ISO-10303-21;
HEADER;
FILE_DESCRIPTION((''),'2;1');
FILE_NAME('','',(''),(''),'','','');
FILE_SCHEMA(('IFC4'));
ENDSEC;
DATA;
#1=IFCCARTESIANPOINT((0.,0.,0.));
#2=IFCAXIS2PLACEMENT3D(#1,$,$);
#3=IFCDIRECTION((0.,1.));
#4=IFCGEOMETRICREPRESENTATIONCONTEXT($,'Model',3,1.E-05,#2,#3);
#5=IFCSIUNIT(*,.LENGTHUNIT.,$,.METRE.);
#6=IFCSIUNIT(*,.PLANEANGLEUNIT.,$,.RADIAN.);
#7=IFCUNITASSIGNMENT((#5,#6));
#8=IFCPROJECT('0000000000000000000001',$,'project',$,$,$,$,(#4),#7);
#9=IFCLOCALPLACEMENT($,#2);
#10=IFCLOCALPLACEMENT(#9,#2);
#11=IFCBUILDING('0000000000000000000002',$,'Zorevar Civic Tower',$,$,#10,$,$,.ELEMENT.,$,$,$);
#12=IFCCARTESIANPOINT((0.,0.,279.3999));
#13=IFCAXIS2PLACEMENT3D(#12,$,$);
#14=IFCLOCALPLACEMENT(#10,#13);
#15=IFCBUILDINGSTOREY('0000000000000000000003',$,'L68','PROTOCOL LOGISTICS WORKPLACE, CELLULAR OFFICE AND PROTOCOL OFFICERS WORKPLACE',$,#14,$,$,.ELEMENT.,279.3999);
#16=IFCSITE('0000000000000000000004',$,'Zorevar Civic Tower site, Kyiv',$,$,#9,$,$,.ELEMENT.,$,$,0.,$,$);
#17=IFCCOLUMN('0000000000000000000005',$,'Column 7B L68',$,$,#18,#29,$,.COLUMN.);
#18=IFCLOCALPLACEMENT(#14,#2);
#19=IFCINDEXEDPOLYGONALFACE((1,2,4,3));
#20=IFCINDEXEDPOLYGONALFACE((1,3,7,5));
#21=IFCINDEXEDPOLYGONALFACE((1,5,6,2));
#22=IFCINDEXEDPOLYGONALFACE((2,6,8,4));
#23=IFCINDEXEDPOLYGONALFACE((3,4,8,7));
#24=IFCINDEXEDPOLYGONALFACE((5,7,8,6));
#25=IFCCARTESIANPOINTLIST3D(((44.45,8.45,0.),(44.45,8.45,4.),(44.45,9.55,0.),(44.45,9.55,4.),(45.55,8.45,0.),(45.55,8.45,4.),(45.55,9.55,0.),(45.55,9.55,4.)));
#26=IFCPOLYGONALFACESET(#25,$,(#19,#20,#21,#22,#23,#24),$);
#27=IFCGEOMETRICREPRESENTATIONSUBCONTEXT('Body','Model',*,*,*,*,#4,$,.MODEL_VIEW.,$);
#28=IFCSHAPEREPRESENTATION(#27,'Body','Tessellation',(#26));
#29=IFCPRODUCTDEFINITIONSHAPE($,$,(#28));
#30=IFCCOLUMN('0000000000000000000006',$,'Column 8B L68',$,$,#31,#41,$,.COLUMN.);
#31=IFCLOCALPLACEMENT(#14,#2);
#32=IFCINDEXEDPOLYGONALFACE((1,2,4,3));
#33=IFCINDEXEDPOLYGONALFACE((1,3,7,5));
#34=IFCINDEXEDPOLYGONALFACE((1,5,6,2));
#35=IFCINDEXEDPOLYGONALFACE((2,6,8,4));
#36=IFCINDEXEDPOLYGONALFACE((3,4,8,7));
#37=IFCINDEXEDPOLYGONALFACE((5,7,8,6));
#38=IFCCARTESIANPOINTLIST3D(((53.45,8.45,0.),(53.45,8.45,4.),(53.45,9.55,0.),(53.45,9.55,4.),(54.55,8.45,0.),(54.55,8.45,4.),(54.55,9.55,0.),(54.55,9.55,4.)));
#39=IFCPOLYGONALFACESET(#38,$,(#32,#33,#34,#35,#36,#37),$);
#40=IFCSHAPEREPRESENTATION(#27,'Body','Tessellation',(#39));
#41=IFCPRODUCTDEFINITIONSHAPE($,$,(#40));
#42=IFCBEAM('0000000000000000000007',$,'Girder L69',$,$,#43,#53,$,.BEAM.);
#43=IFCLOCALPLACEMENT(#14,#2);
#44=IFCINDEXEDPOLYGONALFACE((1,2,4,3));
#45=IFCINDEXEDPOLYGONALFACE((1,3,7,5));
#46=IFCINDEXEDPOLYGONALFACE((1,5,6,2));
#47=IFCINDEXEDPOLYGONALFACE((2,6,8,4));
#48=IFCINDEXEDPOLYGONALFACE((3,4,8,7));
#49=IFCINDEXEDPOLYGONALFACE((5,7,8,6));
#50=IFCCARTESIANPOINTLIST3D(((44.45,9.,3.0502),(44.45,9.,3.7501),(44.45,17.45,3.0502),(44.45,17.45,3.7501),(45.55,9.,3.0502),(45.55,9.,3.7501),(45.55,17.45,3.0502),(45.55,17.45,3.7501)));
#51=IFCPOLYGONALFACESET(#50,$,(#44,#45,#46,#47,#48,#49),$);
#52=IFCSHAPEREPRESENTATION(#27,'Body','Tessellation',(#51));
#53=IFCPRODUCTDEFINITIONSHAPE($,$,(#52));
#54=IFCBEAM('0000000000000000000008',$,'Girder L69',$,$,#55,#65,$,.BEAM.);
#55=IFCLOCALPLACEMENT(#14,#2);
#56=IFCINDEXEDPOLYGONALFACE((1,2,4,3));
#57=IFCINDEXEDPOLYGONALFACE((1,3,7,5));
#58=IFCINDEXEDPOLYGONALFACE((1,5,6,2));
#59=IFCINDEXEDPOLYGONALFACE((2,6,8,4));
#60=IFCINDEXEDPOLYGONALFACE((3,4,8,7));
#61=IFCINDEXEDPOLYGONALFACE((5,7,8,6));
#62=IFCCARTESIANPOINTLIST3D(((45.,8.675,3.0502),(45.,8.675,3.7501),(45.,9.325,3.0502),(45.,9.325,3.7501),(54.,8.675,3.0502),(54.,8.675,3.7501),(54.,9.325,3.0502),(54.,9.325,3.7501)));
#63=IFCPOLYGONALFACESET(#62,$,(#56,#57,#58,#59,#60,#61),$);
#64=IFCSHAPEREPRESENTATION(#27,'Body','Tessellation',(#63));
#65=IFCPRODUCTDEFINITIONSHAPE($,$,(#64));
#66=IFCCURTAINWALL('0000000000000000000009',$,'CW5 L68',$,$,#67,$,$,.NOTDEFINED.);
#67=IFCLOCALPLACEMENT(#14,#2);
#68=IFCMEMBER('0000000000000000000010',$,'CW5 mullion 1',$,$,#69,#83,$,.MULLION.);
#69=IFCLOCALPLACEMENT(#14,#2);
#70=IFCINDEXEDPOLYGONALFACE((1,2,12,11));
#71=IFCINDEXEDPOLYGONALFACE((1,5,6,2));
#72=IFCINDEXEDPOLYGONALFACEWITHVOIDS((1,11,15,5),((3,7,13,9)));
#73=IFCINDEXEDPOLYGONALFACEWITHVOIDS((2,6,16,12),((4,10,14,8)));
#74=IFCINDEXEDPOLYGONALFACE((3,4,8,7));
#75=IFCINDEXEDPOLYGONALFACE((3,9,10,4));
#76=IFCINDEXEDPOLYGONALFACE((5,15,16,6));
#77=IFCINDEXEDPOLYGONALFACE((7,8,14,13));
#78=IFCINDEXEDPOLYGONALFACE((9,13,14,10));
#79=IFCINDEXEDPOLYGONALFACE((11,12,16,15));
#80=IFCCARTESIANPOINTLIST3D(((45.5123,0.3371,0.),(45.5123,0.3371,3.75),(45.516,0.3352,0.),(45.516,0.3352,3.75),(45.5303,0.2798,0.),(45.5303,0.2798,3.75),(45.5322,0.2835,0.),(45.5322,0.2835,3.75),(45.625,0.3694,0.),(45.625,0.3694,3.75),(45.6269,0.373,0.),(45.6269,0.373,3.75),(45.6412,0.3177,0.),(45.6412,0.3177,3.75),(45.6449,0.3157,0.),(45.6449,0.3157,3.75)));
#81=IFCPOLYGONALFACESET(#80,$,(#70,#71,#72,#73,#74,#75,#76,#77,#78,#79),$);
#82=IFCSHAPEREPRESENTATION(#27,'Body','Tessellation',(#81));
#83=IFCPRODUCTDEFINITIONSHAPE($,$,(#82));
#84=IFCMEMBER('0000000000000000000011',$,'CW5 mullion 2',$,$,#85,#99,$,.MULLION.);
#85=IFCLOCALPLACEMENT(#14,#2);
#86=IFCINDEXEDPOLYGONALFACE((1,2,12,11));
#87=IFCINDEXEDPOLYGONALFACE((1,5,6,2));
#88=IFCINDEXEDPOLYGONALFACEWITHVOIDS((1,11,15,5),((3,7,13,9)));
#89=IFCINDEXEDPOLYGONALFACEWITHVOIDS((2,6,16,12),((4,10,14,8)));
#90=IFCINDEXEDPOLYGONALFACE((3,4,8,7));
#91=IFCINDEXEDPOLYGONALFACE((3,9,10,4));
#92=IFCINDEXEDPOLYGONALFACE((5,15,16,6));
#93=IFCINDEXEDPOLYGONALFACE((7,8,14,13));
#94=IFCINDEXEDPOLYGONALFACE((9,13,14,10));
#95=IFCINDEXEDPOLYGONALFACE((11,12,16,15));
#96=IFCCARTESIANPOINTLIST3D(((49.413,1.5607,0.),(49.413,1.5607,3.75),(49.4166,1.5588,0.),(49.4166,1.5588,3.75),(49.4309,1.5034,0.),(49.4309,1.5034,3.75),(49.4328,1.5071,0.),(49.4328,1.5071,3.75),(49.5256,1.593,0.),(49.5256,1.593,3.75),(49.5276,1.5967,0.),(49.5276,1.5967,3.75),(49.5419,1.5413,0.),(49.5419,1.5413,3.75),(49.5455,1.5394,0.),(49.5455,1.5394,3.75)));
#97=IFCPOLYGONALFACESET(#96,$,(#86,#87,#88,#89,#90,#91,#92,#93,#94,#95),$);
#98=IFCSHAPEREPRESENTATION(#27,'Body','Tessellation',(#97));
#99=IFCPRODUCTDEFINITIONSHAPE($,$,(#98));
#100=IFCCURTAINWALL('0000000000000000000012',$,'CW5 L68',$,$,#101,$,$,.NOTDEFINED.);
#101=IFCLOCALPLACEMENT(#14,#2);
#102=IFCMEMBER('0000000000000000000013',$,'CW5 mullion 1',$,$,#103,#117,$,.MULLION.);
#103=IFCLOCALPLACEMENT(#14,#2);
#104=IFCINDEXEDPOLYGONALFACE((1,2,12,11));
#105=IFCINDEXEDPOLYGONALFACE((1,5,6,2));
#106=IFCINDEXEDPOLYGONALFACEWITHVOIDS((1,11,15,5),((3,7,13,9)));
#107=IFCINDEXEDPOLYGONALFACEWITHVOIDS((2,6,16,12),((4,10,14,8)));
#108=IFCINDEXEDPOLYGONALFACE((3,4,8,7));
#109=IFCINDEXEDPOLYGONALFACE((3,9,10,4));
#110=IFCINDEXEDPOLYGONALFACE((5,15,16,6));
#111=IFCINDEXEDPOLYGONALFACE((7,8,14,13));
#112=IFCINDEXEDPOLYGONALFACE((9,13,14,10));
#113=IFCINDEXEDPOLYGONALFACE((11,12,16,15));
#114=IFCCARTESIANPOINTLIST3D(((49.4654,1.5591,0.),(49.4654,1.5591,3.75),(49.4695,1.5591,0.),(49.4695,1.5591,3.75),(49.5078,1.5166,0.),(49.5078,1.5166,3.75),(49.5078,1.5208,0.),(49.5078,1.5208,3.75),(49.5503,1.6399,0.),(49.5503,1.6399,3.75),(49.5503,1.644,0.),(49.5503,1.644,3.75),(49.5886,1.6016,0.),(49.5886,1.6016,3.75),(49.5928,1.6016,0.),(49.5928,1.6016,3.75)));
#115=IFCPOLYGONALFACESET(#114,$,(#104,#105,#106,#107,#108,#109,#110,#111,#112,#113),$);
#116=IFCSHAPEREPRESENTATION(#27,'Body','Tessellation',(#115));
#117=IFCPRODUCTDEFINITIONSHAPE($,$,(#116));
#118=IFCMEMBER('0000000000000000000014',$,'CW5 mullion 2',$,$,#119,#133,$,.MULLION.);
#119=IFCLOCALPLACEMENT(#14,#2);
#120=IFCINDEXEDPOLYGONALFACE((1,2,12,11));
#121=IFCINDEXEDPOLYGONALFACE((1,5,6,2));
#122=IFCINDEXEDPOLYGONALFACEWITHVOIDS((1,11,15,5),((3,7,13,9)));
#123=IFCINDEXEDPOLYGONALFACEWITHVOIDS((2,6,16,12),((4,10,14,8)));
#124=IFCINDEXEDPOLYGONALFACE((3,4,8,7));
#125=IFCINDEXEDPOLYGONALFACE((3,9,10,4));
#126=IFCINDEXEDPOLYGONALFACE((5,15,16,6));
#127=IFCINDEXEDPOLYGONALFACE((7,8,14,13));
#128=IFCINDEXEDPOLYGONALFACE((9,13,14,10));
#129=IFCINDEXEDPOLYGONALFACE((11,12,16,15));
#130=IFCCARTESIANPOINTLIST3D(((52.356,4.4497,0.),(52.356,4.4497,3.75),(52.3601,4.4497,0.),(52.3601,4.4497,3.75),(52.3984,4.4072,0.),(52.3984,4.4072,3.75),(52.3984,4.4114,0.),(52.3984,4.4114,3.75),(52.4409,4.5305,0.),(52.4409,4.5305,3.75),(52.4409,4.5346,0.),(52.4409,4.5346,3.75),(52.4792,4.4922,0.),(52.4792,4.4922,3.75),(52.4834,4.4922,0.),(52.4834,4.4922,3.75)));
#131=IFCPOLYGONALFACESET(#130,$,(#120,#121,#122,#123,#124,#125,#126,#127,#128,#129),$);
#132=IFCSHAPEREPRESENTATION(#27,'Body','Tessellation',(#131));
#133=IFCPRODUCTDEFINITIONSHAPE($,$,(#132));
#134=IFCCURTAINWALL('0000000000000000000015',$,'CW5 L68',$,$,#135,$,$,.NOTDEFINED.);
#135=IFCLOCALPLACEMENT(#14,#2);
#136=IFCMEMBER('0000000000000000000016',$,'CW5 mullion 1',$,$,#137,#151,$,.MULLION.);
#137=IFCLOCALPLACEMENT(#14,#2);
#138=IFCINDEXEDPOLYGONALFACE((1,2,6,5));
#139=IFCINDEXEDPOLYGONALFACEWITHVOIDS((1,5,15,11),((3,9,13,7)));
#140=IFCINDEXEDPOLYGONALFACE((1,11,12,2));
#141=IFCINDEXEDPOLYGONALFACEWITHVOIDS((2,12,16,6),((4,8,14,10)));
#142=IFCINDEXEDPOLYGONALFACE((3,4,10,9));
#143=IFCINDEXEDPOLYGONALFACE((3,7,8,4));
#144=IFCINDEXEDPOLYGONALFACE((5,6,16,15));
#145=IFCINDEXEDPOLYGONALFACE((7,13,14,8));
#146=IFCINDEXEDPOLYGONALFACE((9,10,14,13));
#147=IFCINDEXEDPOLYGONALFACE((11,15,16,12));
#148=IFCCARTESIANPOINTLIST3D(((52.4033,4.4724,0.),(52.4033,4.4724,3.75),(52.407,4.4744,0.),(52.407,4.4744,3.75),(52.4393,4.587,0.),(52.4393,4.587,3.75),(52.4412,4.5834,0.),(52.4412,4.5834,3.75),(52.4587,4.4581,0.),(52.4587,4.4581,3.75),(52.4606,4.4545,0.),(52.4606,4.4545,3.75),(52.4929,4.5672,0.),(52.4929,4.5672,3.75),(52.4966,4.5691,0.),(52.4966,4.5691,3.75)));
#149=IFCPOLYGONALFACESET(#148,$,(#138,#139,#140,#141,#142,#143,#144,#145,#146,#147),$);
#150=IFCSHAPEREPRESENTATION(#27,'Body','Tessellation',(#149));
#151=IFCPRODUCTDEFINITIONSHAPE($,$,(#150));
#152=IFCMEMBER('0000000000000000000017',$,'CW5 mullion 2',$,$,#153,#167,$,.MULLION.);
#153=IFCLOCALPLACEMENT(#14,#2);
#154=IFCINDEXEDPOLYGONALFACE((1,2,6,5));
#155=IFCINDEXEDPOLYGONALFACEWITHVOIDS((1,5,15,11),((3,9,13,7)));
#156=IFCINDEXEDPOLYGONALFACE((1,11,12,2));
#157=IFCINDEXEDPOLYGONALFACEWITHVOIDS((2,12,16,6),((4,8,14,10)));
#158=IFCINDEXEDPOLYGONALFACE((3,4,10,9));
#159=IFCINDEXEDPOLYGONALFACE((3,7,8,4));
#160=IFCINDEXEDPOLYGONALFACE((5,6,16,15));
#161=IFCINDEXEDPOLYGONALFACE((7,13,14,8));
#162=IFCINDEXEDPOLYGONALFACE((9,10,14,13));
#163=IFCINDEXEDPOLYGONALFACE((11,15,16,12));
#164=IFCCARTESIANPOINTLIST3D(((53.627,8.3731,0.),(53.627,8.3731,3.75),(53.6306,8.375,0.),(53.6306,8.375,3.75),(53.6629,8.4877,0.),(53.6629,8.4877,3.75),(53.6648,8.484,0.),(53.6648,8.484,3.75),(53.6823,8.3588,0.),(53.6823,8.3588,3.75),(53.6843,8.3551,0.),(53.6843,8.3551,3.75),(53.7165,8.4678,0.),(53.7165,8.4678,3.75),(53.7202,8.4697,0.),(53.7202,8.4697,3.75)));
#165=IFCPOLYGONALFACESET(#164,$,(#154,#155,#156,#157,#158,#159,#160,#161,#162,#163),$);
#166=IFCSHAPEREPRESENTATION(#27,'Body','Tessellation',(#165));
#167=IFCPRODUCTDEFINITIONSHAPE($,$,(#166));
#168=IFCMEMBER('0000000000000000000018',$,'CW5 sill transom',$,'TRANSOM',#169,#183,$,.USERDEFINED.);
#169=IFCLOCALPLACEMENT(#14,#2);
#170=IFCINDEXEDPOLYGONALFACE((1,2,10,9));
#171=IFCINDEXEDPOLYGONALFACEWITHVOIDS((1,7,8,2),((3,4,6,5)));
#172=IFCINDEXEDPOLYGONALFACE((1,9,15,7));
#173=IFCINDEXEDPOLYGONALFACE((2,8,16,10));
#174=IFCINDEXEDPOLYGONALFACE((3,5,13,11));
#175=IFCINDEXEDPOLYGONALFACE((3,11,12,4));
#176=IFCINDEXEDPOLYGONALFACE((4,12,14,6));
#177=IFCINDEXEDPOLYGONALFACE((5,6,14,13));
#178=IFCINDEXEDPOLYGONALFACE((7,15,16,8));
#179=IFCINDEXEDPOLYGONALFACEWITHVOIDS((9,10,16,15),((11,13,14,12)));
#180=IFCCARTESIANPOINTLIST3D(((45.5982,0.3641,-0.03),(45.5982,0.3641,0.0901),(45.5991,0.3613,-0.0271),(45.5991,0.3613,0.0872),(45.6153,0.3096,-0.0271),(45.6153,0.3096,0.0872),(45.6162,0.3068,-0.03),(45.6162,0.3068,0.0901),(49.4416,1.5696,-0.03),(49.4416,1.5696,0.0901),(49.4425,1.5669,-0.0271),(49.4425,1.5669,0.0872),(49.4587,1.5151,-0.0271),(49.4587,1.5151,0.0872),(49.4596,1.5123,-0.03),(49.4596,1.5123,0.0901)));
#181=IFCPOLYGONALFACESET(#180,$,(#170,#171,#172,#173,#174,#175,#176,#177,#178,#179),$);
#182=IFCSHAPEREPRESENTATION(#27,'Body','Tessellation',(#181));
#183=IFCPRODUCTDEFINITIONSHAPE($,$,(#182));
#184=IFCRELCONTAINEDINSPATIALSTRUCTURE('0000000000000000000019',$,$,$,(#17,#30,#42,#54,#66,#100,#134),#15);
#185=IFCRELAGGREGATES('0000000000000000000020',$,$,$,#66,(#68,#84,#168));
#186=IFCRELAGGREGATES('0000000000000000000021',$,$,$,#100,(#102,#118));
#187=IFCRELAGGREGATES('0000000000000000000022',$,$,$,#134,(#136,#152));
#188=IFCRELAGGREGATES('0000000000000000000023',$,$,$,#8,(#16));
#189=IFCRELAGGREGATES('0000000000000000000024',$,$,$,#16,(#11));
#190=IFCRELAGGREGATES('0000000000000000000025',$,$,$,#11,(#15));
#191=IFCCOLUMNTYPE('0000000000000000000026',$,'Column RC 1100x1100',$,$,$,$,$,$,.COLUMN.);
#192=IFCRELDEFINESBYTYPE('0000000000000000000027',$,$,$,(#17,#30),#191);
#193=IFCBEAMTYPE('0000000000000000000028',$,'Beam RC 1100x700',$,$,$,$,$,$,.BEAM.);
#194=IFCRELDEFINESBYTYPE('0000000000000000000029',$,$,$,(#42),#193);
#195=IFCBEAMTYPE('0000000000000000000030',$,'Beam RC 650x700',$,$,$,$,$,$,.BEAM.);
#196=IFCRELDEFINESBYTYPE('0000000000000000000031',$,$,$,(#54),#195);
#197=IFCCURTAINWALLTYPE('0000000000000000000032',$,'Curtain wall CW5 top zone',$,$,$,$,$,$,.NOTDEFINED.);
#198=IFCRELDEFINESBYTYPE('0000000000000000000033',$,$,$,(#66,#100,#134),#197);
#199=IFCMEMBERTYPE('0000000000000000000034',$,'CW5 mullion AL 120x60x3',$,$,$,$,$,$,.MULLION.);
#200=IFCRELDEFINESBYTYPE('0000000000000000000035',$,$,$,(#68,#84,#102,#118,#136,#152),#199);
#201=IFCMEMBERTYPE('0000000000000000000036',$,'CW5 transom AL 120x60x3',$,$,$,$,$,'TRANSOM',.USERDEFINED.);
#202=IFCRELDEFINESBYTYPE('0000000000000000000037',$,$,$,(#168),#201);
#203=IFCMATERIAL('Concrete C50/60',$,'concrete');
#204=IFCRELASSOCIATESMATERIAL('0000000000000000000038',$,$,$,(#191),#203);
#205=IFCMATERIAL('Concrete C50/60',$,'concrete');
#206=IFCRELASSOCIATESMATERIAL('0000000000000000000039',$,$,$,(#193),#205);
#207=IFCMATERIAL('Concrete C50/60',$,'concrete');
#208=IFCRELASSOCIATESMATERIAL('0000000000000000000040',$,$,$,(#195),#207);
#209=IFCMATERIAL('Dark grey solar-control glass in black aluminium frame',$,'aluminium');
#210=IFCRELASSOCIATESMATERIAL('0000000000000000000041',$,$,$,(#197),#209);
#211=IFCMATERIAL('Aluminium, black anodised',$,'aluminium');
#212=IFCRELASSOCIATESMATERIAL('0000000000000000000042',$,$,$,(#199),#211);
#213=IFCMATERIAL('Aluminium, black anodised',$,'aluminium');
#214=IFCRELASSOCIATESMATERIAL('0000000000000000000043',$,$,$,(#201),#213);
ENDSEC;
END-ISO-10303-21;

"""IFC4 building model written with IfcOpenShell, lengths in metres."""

from ifc_helpers import new_model, si_unit, direction, frame, origin, origin_2d, place, context, subcontext, project, spatial, rectangle, hollow_rectangle, extrude, material, material_profile, profile_set, type_object, element, aggregate, save


model = new_model("IFC4")

# Units and contexts
model_context = context("Model", 3, precision=1e-05, world=origin(), true_north=direction((0.0, 1.0)))
body_context = subcontext(model_context, "Body", "Model", "MODEL_VIEW")
ifc_project = project(units=[si_unit("LENGTHUNIT", "METRE"), si_unit("PLANEANGLEUNIT", "RADIAN")], contexts=[model_context])

# Site, building, storey
site_placement = place(None, origin())
site = spatial("IfcSite", under=ifc_project, at=site_placement, Name="Zorevar Civic Tower site, Kyiv", CompositionType="ELEMENT", RefElevation=0.0)
building_placement = place(site_placement, origin())
building = spatial("IfcBuilding", under=site, at=building_placement, Name="Zorevar Civic Tower", CompositionType="ELEMENT")
storey_placement = place(building_placement, frame((0.0, 0.0, 279.3999)))
storey = spatial("IfcBuildingStorey", under=building, at=storey_placement, Name="L68", Description="PROTOCOL LOGISTICS WORKPLACE, CELLULAR OFFICE AND PROTOCOL OFFICERS WORKPLACE", CompositionType="ELEMENT", Elevation=279.3999)

# Columns
ifc_material_1 = material(Name="Concrete C50/60", Category="concrete")
ifc_material_profile_1 = material_profile(ifc_material_1, rectangle(XDim=1.1001, YDim=1.1001, at=origin_2d()), Name="RC 1100x1100")
ifc_profile_set_1 = profile_set([ifc_material_profile_1], Name="Concrete C50/60")
column_type = type_object("IfcColumnType", Name="Column RC 1100x1100", PredefinedType="COLUMN", material=ifc_profile_set_1)
for number, where, z_axis, x_axis, name in (
    (1, (45.0, 9.0, 0.0), (0.0, 0.0, 1.0), (1.0, 0.0, 0.0), "Column 7B L68"),
    (2, (54.0, 9.0, 0.0), (0.0, 0.0, 1.0), (1.0, 0.0, 0.0), "Column 8B L68"),
):
    element("IfcColumn", number, at=place(storey_placement, frame(where, z_axis=z_axis, x_axis=x_axis)), inside=storey, type_object=column_type, Name=name, PredefinedType="COLUMN", context=body_context, shape_type="SweptSolid", body=[
        extrude(rectangle(XDim=1.1001, YDim=1.1001, at=origin_2d()), origin(), (0.0, 0.0, 1.0), 4.0),
    ])

# Beams
ifc_material_2 = material(Name="Concrete C50/60", Category="concrete")
ifc_material_profile_2 = material_profile(ifc_material_2, rectangle(XDim=1.1001, YDim=0.7, at=origin_2d()), Name="RC 1100x700")
ifc_profile_set_2 = profile_set([ifc_material_profile_2], Name="Concrete C50/60")
beam_type_1 = type_object("IfcBeamType", Name="Beam RC 1100x700", PredefinedType="BEAM", material=ifc_profile_set_2)
beam_1_placement = place(storey_placement, frame((45.0, 9.0, 3.4001), z_axis=(0.0, 1.0, 0.0), x_axis=(-1.0, 0.0, 0.0)))
element("IfcBeam", 3, at=beam_1_placement, inside=storey, type_object=beam_type_1, Name="Girder L69", PredefinedType="BEAM", context=body_context, shape_type="SweptSolid", body=[
    extrude(rectangle(XDim=1.1001, YDim=0.7, at=origin_2d()), origin(), (0.0, 0.0, 1.0), 8.45),
])
ifc_material_3 = material(Name="Concrete C50/60", Category="concrete")
ifc_material_profile_3 = material_profile(ifc_material_3, rectangle(XDim=0.6499, YDim=0.7, at=origin_2d()), Name="RC 650x700")
ifc_profile_set_3 = profile_set([ifc_material_profile_3], Name="Concrete C50/60")
beam_type_2 = type_object("IfcBeamType", Name="Beam RC 650x700", PredefinedType="BEAM", material=ifc_profile_set_3)
beam_2_placement = place(storey_placement, frame((45.0, 9.0, 3.4001), z_axis=(1.0, 0.0, 0.0), x_axis=(0.0, 1.0, 0.0)))
element("IfcBeam", 4, at=beam_2_placement, inside=storey, type_object=beam_type_2, Name="Girder L69", PredefinedType="BEAM", context=body_context, shape_type="SweptSolid", body=[
    extrude(rectangle(XDim=0.6499, YDim=0.7, at=origin_2d()), origin(), (0.0, 0.0, 1.0), 9.0),
])

# Curtain walls, members
ifc_material_4 = material(Name="Dark grey solar-control glass in black aluminium frame", Category="aluminium")
curtain_wall_type = type_object("IfcCurtainWallType", Name="Curtain wall CW5 top zone", PredefinedType="NOTDEFINED", material=ifc_material_4)
curtain_wall_1_placement = place(storey_placement, origin())
curtain_wall_1 = element("IfcCurtainWall", 5, at=curtain_wall_1_placement, inside=storey, type_object=curtain_wall_type, Name="CW5 L68", PredefinedType="NOTDEFINED")
ifc_material_5 = material(Name="Aluminium, black anodised", Category="aluminium")
ifc_material_profile_4 = material_profile(ifc_material_5, hollow_rectangle(XDim=0.0601, YDim=0.1201, WallThickness=0.0029, at=origin_2d()), Name="AL 120x60x3")
ifc_profile_set_4 = profile_set([ifc_material_profile_4], Name="Aluminium, black anodised")
member_type_1 = type_object("IfcMemberType", Name="CW5 mullion AL 120x60x3", PredefinedType="MULLION", material=ifc_profile_set_4)
member_1_placement = place(storey_placement, frame((45.5786, 0.3264, 0.0), z_axis=(0.0, 0.0, 1.0), x_axis=(-0.299318, 0.954153, 0.0)))
member_1 = element("IfcMember", 6, at=member_1_placement, type_object=member_type_1, Name="CW5 mullion 1", PredefinedType="MULLION", context=body_context, shape_type="SweptSolid", body=[
    extrude(hollow_rectangle(XDim=0.0601, YDim=0.1201, WallThickness=0.0029, at=origin_2d()), origin(), (0.0, 0.0, 1.0), 3.75),
])
member_2_placement = place(storey_placement, frame((49.4792, 1.55, 0.0), z_axis=(0.0, 0.0, 1.0), x_axis=(-0.299318, 0.954153, 0.0)))
member_2 = element("IfcMember", 7, at=member_2_placement, type_object=member_type_1, Name="CW5 mullion 2", PredefinedType="MULLION", context=body_context, shape_type="SweptSolid", body=[
    extrude(hollow_rectangle(XDim=0.0601, YDim=0.1201, WallThickness=0.0029, at=origin_2d()), origin(), (0.0, 0.0, 1.0), 3.75),
])
curtain_wall_2_placement = place(storey_placement, origin())
curtain_wall_2 = element("IfcCurtainWall", 8, at=curtain_wall_2_placement, inside=storey, type_object=curtain_wall_type, Name="CW5 L68", PredefinedType="NOTDEFINED")
member_3_placement = place(storey_placement, frame((49.5291, 1.5803, 0.0), z_axis=(0.0, 0.0, 1.0), x_axis=(-0.707107, 0.707107, 0.0)))
member_3 = element("IfcMember", 9, at=member_3_placement, type_object=member_type_1, Name="CW5 mullion 1", PredefinedType="MULLION", context=body_context, shape_type="SweptSolid", body=[
    extrude(hollow_rectangle(XDim=0.0601, YDim=0.1201, WallThickness=0.0029, at=origin_2d()), origin(), (0.0, 0.0, 1.0), 3.75),
])
member_4_placement = place(storey_placement, frame((52.4197, 4.4709, 0.0), z_axis=(0.0, 0.0, 1.0), x_axis=(-0.707107, 0.707107, 0.0)))
member_4 = element("IfcMember", 10, at=member_4_placement, type_object=member_type_1, Name="CW5 mullion 2", PredefinedType="MULLION", context=body_context, shape_type="SweptSolid", body=[
    extrude(hollow_rectangle(XDim=0.0601, YDim=0.1201, WallThickness=0.0029, at=origin_2d()), origin(), (0.0, 0.0, 1.0), 3.75),
])
curtain_wall_3_placement = place(storey_placement, origin())
curtain_wall_3 = element("IfcCurtainWall", 11, at=curtain_wall_3_placement, inside=storey, type_object=curtain_wall_type, Name="CW5 L68", PredefinedType="NOTDEFINED")
member_5_placement = place(storey_placement, frame((52.45, 4.5208, 0.0), z_axis=(0.0, 0.0, 1.0), x_axis=(-0.954153, 0.299318, 0.0)))
member_5 = element("IfcMember", 12, at=member_5_placement, type_object=member_type_1, Name="CW5 mullion 1", PredefinedType="MULLION", context=body_context, shape_type="SweptSolid", body=[
    extrude(hollow_rectangle(XDim=0.0601, YDim=0.1201, WallThickness=0.0029, at=origin_2d()), origin(), (0.0, 0.0, 1.0), 3.75),
])
member_6_placement = place(storey_placement, frame((53.6736, 8.4214, 0.0), z_axis=(0.0, 0.0, 1.0), x_axis=(-0.954153, 0.299318, 0.0)))
member_6 = element("IfcMember", 13, at=member_6_placement, type_object=member_type_1, Name="CW5 mullion 2", PredefinedType="MULLION", context=body_context, shape_type="SweptSolid", body=[
    extrude(hollow_rectangle(XDim=0.0601, YDim=0.1201, WallThickness=0.0029, at=origin_2d()), origin(), (0.0, 0.0, 1.0), 3.75),
])

# Member
ifc_material_6 = material(Name="Aluminium, black anodised", Category="aluminium")
ifc_material_profile_5 = material_profile(ifc_material_6, hollow_rectangle(XDim=0.0601, YDim=0.1201, WallThickness=0.0029, at=origin_2d()), Name="AL 120x60x3")
ifc_profile_set_5 = profile_set([ifc_material_profile_5], Name="Aluminium, black anodised")
member_type_2 = type_object("IfcMemberType", Name="CW5 transom AL 120x60x3", ElementType="TRANSOM", PredefinedType="USERDEFINED", material=ifc_profile_set_5)
member_7_placement = place(storey_placement, frame((45.6072, 0.3354, 0.03), z_axis=(0.954163, 0.299286, 0.0), x_axis=(-0.299286, 0.954163, 0.0)))
member_7 = element("IfcMember", 14, at=member_7_placement, type_object=member_type_2, Name="CW5 sill transom", ObjectType="TRANSOM", PredefinedType="USERDEFINED", context=body_context, shape_type="SweptSolid", body=[
    extrude(hollow_rectangle(XDim=0.0601, YDim=0.1201, WallThickness=0.0029, at=origin_2d()), origin(), (0.0, 0.0, 1.0), 4.0281),
])

aggregate(curtain_wall_1, [member_1, member_2, member_7])
aggregate(curtain_wall_2, [member_3, member_4])
aggregate(curtain_wall_3, [member_5, member_6])

save(model, "model.ifc")
